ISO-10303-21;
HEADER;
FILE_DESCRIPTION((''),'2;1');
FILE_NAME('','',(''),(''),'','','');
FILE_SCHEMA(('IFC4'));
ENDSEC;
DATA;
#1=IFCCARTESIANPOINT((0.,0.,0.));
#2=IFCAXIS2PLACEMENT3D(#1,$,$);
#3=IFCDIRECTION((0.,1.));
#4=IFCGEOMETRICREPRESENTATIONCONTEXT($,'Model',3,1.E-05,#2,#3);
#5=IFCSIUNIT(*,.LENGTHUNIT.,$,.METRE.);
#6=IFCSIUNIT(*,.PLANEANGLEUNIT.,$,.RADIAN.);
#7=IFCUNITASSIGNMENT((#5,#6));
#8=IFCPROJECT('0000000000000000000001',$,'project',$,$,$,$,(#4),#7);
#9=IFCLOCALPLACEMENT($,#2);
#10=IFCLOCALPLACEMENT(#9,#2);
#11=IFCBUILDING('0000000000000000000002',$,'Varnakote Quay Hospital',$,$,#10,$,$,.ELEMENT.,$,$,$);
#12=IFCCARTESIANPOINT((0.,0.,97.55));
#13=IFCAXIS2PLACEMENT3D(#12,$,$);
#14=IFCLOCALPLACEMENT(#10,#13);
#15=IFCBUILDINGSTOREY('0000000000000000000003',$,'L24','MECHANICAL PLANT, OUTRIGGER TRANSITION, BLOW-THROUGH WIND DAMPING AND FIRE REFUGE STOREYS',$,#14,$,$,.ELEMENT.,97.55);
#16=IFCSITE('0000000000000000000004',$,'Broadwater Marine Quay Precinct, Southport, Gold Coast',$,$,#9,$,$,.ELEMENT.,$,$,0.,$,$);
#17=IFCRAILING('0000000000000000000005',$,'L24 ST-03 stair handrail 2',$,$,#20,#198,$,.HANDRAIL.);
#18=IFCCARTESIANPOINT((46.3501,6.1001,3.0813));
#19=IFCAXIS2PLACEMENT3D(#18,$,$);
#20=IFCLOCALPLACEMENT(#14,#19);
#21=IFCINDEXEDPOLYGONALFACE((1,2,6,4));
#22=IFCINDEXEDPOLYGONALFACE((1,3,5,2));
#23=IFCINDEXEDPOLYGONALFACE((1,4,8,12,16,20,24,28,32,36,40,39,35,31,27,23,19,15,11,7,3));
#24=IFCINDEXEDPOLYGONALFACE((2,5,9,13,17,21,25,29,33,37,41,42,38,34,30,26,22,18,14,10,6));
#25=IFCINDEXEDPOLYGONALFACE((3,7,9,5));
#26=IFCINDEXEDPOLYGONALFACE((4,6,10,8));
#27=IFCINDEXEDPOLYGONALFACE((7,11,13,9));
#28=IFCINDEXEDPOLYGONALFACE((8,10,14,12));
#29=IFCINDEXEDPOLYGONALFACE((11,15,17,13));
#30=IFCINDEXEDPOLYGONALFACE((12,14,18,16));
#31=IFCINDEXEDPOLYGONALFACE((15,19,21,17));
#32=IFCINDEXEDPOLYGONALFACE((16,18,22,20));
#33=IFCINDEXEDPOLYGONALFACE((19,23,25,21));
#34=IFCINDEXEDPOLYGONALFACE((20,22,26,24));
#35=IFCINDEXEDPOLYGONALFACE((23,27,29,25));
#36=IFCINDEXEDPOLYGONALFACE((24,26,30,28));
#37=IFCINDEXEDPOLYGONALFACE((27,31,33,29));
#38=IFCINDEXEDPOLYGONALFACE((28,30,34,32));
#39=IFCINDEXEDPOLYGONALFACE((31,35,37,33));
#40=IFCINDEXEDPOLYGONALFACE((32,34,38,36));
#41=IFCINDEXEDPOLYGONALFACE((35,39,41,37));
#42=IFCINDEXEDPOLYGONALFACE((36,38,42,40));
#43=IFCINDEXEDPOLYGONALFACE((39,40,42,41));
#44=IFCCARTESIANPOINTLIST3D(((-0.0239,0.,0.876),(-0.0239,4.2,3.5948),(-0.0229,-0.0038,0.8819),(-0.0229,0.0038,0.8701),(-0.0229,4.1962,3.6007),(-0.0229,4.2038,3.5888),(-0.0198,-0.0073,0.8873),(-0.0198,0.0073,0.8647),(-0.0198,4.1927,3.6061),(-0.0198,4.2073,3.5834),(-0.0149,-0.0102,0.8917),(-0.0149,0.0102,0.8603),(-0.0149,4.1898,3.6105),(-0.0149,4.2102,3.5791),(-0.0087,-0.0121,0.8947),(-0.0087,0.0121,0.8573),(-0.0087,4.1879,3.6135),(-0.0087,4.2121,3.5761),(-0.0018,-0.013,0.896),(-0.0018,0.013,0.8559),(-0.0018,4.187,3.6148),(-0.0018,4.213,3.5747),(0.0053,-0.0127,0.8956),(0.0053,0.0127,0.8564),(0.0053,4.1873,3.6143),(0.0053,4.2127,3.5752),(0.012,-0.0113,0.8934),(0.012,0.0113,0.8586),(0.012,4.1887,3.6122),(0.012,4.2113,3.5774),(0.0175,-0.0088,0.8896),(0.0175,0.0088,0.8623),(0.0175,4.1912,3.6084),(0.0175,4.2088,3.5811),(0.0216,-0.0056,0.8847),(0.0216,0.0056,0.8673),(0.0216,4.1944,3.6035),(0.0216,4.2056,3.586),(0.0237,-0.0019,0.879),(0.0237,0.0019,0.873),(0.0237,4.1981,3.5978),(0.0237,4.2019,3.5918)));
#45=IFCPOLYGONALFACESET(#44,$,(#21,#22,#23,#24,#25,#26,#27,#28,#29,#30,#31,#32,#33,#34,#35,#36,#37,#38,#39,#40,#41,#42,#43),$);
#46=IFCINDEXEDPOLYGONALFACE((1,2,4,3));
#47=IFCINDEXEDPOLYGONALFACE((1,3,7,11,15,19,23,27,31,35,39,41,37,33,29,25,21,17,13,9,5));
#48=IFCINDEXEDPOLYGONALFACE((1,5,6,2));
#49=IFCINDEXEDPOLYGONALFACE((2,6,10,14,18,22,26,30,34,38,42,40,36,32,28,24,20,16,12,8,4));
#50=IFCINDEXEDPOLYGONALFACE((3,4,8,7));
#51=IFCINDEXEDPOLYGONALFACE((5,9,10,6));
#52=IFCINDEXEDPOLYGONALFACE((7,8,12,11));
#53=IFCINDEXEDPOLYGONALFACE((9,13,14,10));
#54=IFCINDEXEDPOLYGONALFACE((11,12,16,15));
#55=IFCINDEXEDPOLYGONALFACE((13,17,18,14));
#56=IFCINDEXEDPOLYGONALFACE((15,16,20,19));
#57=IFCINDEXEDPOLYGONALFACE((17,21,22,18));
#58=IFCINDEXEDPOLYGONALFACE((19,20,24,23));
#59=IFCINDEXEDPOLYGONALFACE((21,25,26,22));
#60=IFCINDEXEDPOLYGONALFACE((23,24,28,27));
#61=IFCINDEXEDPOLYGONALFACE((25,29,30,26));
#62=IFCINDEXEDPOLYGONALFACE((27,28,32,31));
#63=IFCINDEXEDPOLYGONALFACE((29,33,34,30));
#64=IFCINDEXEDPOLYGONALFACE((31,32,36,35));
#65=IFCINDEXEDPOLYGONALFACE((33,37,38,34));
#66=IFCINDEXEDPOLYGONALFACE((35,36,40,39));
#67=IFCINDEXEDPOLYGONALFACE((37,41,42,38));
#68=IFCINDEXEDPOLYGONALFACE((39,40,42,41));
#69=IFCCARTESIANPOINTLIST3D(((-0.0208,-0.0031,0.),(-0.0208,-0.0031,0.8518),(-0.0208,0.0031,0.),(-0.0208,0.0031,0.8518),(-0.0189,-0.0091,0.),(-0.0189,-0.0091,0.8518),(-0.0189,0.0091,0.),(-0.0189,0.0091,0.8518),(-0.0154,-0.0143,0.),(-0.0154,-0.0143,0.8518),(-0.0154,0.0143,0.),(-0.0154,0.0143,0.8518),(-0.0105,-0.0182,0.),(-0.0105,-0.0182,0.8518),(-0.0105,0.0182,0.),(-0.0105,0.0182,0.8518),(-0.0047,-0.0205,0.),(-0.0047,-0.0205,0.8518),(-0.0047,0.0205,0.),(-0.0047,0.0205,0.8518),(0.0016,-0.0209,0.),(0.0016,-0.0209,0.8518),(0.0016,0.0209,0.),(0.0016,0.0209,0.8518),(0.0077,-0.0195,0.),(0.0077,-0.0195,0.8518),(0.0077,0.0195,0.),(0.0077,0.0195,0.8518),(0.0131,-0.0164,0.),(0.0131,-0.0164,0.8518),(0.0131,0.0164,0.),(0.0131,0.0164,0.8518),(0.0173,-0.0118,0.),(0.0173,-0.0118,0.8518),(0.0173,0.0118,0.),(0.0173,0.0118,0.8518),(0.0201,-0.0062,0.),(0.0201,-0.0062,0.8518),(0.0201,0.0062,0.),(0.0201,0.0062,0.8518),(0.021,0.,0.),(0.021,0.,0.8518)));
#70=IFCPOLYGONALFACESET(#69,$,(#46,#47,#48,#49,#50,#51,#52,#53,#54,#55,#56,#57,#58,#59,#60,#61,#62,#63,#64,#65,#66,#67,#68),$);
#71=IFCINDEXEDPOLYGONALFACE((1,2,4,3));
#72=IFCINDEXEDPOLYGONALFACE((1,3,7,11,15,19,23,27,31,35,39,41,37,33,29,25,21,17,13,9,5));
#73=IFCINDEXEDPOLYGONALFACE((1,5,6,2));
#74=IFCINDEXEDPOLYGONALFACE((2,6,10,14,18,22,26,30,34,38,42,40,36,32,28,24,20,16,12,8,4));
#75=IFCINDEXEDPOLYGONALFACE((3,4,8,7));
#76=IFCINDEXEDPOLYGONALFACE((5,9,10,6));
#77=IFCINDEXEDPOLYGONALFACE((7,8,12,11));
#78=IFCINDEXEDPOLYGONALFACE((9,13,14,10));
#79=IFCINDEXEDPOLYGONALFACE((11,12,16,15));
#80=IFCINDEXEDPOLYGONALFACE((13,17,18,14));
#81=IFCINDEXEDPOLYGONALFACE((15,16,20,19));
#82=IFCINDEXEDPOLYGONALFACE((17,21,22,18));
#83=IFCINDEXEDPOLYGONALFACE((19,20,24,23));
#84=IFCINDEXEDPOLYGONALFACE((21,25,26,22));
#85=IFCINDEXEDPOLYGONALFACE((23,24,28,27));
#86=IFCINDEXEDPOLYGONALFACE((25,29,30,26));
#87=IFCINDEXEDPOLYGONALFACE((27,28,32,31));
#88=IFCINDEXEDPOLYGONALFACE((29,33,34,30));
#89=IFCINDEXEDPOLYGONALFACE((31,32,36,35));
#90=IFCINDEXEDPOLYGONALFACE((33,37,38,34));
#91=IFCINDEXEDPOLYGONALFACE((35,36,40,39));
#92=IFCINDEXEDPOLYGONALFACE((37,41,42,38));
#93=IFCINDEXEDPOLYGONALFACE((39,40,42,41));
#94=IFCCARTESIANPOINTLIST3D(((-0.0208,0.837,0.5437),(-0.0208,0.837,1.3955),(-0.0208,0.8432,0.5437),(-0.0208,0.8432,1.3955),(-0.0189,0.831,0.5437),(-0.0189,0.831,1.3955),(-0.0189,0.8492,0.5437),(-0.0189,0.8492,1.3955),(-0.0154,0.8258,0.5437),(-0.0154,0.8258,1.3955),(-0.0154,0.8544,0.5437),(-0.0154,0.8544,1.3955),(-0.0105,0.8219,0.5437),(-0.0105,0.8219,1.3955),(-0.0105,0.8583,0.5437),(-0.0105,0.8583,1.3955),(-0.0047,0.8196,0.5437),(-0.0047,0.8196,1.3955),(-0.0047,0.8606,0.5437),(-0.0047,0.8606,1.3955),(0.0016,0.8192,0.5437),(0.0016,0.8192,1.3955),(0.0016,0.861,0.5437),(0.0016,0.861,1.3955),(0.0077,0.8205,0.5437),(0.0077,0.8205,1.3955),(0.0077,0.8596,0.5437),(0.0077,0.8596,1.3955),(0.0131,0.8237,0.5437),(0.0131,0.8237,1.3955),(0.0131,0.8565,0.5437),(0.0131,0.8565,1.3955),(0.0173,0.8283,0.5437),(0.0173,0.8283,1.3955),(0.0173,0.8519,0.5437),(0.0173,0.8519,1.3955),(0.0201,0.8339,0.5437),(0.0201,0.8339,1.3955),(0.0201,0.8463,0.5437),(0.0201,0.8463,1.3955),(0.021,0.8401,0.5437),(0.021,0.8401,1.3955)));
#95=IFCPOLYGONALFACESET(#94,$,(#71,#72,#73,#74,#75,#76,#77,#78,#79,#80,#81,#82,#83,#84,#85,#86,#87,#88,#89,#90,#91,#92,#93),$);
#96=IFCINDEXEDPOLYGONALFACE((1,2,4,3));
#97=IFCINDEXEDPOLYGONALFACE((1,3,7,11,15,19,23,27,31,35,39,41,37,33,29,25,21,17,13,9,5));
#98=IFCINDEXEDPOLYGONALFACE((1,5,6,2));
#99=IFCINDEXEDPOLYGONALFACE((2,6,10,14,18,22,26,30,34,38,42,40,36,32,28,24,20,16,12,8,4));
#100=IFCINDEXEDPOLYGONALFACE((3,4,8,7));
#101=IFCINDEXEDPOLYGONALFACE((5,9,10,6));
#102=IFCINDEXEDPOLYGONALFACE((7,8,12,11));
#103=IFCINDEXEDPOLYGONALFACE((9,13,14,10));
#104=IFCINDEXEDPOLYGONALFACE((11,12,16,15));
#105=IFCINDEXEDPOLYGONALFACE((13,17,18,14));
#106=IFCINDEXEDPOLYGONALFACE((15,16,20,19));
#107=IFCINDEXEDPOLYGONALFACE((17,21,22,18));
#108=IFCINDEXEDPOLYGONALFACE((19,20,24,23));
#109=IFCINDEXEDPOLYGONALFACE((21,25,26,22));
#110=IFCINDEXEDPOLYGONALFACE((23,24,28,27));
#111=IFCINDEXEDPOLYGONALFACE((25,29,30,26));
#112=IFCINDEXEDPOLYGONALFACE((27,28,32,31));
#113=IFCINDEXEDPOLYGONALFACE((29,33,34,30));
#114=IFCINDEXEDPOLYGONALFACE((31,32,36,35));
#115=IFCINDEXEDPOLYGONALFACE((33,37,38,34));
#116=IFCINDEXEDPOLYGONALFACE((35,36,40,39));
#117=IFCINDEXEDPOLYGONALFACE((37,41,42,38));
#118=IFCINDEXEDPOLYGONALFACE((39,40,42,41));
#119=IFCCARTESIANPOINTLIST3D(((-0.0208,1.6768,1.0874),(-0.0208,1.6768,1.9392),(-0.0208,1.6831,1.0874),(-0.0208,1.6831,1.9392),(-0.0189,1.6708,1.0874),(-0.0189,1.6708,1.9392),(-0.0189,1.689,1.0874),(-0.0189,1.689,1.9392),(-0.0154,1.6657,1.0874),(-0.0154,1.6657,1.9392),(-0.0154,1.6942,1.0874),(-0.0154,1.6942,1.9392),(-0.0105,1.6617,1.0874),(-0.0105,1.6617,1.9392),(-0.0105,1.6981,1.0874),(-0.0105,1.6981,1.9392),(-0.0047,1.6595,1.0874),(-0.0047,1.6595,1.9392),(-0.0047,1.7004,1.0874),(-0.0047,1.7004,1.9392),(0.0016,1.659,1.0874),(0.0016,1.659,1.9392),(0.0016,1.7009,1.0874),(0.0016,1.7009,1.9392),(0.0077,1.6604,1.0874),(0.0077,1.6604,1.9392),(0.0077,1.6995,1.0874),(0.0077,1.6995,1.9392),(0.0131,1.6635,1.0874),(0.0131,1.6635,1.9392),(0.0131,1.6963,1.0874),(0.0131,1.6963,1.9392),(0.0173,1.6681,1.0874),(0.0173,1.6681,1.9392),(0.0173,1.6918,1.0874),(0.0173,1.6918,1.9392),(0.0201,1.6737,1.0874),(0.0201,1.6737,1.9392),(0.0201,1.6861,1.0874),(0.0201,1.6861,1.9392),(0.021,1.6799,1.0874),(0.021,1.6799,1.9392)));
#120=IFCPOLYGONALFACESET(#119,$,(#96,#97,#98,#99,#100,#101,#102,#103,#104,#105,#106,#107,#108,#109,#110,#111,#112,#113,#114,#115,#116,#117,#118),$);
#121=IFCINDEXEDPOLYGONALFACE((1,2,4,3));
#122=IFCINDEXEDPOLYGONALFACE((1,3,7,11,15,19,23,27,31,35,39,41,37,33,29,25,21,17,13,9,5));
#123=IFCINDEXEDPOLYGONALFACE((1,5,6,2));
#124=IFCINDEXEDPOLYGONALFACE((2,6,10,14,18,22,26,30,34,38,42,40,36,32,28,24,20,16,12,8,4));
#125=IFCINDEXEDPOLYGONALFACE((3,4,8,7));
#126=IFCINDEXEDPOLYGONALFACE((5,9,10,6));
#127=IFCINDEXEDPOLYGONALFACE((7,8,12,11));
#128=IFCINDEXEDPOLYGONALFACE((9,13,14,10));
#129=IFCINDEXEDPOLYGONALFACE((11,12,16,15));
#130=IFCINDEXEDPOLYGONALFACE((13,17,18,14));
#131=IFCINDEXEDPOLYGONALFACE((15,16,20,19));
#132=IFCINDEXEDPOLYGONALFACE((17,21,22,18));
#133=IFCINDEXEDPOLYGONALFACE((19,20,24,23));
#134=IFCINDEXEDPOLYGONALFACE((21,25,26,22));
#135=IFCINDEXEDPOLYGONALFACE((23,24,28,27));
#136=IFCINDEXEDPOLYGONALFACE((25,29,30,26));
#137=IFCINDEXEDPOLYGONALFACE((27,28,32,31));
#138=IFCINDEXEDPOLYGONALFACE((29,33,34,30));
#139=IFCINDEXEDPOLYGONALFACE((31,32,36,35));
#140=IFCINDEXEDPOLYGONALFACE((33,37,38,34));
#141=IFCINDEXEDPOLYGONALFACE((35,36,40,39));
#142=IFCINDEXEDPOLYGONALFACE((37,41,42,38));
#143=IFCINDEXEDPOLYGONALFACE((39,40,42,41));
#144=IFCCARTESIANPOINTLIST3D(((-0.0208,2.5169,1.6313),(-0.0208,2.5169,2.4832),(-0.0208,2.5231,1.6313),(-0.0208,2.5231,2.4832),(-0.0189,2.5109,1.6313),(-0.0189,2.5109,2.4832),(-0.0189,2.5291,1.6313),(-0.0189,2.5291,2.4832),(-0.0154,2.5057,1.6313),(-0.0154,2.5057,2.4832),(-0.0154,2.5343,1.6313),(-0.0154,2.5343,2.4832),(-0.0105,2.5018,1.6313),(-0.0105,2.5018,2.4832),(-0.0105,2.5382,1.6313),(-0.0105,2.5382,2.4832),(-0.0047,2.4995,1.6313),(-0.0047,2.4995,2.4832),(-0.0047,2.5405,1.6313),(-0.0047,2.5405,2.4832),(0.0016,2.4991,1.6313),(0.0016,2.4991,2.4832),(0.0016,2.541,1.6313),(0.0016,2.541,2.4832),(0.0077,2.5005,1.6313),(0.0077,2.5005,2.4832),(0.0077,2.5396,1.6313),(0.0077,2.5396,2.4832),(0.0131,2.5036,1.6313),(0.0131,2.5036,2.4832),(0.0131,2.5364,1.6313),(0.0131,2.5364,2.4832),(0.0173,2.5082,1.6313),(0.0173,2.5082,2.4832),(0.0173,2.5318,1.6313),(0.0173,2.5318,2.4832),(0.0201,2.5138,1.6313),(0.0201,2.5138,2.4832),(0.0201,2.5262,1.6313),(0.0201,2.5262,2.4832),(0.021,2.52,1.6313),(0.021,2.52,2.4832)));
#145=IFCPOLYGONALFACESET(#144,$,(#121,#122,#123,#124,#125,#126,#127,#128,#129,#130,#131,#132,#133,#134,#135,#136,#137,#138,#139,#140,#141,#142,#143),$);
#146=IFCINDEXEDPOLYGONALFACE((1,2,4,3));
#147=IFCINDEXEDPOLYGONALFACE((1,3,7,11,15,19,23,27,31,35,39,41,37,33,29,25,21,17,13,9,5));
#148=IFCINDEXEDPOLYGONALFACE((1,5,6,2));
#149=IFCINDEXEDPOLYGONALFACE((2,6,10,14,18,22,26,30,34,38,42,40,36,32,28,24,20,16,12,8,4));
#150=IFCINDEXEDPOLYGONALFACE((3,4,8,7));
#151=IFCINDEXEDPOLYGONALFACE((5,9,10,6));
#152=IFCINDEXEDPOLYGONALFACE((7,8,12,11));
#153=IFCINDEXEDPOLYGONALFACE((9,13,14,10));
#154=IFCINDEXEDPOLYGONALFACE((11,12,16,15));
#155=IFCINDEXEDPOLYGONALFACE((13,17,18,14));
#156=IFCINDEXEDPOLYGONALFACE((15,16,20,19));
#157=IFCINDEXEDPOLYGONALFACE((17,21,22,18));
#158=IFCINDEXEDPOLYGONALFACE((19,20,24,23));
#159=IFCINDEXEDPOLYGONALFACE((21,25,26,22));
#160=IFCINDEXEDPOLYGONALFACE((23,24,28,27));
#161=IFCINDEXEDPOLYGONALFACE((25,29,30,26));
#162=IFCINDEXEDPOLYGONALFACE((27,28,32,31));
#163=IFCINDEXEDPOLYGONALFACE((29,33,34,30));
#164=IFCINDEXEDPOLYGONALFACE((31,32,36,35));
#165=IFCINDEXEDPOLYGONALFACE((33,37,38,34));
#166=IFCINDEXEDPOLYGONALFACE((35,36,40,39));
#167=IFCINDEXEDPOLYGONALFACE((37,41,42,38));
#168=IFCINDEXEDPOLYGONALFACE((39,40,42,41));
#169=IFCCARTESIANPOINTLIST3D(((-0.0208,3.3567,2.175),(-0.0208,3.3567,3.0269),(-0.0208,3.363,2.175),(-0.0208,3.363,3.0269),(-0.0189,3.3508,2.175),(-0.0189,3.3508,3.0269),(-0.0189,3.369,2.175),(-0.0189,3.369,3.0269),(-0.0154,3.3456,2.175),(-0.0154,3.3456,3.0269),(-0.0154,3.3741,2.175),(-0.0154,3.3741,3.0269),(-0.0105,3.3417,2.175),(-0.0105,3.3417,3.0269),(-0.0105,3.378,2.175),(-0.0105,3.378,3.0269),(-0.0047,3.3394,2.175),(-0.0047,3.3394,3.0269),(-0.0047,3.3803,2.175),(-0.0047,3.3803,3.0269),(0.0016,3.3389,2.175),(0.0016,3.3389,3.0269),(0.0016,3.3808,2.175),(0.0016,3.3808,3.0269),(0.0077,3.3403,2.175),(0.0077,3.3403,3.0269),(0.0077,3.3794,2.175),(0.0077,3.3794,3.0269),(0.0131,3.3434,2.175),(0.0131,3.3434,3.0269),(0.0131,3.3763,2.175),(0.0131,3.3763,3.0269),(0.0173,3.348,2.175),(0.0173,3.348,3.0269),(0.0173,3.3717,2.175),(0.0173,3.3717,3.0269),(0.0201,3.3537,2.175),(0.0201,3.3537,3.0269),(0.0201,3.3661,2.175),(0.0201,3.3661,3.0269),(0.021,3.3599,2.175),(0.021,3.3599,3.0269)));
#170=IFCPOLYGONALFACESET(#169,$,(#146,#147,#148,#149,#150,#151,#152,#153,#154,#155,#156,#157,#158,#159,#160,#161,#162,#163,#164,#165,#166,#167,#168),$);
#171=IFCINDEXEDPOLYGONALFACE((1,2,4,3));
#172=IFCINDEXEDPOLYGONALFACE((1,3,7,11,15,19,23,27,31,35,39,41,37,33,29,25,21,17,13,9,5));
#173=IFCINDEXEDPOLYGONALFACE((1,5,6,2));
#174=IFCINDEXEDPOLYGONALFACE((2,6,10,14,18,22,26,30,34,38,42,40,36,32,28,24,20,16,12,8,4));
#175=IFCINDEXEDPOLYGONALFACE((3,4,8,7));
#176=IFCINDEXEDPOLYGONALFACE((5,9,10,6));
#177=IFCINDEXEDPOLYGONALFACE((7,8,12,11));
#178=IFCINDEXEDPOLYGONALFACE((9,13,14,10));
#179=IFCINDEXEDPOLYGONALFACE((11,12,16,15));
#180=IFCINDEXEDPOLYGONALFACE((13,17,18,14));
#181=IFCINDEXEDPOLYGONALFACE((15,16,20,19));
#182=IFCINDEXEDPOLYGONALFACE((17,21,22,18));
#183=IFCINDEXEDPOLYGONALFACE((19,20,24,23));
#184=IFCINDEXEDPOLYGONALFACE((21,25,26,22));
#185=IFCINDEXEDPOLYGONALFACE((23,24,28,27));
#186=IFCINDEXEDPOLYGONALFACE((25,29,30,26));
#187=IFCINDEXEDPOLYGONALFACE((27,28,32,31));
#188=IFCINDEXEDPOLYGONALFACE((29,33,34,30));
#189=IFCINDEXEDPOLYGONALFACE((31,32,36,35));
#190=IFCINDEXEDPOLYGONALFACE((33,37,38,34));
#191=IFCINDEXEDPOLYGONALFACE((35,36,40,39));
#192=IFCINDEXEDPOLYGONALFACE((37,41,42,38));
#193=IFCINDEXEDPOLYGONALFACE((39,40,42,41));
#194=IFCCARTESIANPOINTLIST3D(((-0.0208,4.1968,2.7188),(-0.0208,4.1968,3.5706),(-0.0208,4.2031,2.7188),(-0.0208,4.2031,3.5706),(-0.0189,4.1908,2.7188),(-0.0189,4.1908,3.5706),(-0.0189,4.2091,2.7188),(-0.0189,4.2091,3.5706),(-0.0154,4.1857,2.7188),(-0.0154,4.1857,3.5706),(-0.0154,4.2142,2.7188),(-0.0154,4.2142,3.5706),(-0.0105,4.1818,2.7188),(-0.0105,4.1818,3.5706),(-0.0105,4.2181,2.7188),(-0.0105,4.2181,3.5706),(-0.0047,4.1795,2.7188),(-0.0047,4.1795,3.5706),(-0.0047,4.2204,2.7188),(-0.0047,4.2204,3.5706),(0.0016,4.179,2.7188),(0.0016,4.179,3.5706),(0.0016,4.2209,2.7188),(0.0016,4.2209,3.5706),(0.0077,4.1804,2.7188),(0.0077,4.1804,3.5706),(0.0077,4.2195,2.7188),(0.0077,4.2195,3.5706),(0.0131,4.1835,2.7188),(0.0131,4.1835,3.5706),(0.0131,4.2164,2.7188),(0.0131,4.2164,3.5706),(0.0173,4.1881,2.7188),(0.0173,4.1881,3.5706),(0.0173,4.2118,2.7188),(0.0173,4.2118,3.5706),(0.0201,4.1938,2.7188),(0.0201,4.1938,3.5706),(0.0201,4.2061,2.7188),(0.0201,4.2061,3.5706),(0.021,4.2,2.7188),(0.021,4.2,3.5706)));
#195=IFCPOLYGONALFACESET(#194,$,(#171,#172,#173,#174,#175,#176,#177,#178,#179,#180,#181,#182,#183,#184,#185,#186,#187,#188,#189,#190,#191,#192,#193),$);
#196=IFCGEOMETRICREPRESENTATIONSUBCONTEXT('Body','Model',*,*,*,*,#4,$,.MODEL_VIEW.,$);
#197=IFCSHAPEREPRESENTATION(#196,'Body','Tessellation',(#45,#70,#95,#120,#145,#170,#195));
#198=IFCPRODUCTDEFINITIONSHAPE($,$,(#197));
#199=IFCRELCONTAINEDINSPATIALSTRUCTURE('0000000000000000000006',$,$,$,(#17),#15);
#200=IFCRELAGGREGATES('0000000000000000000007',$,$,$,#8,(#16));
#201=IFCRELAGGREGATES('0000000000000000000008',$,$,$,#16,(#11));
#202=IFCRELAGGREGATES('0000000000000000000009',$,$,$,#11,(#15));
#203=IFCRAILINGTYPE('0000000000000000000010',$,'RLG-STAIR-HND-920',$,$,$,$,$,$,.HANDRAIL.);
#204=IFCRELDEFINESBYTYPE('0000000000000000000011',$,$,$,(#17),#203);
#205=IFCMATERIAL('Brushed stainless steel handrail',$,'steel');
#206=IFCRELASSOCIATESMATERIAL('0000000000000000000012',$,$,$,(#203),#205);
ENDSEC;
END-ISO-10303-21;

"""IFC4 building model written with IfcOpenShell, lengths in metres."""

from ifc_helpers import new_model, si_unit, direction, frame, origin, origin_2d, place, context, subcontext, project, spatial, circle, extrude, material, type_object, element, save


model = new_model("IFC4")

# Units and contexts
model_context = context("Model", 3, precision=1e-05, world=origin(), true_north=direction((0.0, 1.0)))
body_context = subcontext(model_context, "Body", "Model", "MODEL_VIEW")
ifc_project = project(units=[si_unit("LENGTHUNIT", "METRE"), si_unit("PLANEANGLEUNIT", "RADIAN")], contexts=[model_context])

# Site, building, storey
site_placement = place(None, origin())
site = spatial("IfcSite", under=ifc_project, at=site_placement, Name="Broadwater Marine Quay Precinct, Southport, Gold Coast", CompositionType="ELEMENT", RefElevation=0.0)
building_placement = place(site_placement, origin())
building = spatial("IfcBuilding", under=site, at=building_placement, Name="Varnakote Quay Hospital", CompositionType="ELEMENT")
storey_placement = place(building_placement, frame((0.0, 0.0, 97.55)))
storey = spatial("IfcBuildingStorey", under=building, at=storey_placement, Name="L24", Description="MECHANICAL PLANT, OUTRIGGER TRANSITION, BLOW-THROUGH WIND DAMPING AND FIRE REFUGE STOREYS", CompositionType="ELEMENT", Elevation=97.55)

# Railing
ifc_material_1 = material(Name="Brushed stainless steel handrail", Category="steel")
railing_type_1 = type_object("IfcRailingType", Name="RLG-STAIR-HND-920", PredefinedType="HANDRAIL", material=ifc_material_1)
railing_1_placement = place(storey_placement, frame((46.3501, 6.1001, 3.0813)))
element("IfcRailing", 1, at=railing_1_placement, inside=storey, type_object=railing_type_1, Name="L24 ST-03 stair handrail 2", PredefinedType="HANDRAIL", context=body_context, shape_type="SweptSolid", body=[
    extrude(circle(Radius=0.0239, at=origin_2d()), frame((0.0, 0.0, 0.876), z_axis=(0.0, 0.839467, 0.543411), x_axis=(-1.0, 0.0, 0.0)), (0.0, 0.0, 1.0), 5.0032),
    extrude(circle(Radius=0.021, at=origin_2d()), origin(), (0.0, 0.0, 1.0), 0.8518),
    extrude(circle(Radius=0.021, at=origin_2d()), frame((0.0, 0.8401, 0.5437)), (0.0, 0.0, 1.0), 0.8518),
    extrude(circle(Radius=0.021, at=origin_2d()), frame((0.0, 1.6799, 1.0874)), (0.0, 0.0, 1.0), 0.8518),
    extrude(circle(Radius=0.021, at=origin_2d()), frame((0.0, 2.52, 1.6313)), (0.0, 0.0, 1.0), 0.8518),
    extrude(circle(Radius=0.021, at=origin_2d()), frame((0.0, 3.3599, 2.175)), (0.0, 0.0, 1.0), 0.8518),
    extrude(circle(Radius=0.021, at=origin_2d()), frame((0.0, 4.2, 2.7188)), (0.0, 0.0, 1.0), 0.8518),
])

save(model, "model.ifc")
